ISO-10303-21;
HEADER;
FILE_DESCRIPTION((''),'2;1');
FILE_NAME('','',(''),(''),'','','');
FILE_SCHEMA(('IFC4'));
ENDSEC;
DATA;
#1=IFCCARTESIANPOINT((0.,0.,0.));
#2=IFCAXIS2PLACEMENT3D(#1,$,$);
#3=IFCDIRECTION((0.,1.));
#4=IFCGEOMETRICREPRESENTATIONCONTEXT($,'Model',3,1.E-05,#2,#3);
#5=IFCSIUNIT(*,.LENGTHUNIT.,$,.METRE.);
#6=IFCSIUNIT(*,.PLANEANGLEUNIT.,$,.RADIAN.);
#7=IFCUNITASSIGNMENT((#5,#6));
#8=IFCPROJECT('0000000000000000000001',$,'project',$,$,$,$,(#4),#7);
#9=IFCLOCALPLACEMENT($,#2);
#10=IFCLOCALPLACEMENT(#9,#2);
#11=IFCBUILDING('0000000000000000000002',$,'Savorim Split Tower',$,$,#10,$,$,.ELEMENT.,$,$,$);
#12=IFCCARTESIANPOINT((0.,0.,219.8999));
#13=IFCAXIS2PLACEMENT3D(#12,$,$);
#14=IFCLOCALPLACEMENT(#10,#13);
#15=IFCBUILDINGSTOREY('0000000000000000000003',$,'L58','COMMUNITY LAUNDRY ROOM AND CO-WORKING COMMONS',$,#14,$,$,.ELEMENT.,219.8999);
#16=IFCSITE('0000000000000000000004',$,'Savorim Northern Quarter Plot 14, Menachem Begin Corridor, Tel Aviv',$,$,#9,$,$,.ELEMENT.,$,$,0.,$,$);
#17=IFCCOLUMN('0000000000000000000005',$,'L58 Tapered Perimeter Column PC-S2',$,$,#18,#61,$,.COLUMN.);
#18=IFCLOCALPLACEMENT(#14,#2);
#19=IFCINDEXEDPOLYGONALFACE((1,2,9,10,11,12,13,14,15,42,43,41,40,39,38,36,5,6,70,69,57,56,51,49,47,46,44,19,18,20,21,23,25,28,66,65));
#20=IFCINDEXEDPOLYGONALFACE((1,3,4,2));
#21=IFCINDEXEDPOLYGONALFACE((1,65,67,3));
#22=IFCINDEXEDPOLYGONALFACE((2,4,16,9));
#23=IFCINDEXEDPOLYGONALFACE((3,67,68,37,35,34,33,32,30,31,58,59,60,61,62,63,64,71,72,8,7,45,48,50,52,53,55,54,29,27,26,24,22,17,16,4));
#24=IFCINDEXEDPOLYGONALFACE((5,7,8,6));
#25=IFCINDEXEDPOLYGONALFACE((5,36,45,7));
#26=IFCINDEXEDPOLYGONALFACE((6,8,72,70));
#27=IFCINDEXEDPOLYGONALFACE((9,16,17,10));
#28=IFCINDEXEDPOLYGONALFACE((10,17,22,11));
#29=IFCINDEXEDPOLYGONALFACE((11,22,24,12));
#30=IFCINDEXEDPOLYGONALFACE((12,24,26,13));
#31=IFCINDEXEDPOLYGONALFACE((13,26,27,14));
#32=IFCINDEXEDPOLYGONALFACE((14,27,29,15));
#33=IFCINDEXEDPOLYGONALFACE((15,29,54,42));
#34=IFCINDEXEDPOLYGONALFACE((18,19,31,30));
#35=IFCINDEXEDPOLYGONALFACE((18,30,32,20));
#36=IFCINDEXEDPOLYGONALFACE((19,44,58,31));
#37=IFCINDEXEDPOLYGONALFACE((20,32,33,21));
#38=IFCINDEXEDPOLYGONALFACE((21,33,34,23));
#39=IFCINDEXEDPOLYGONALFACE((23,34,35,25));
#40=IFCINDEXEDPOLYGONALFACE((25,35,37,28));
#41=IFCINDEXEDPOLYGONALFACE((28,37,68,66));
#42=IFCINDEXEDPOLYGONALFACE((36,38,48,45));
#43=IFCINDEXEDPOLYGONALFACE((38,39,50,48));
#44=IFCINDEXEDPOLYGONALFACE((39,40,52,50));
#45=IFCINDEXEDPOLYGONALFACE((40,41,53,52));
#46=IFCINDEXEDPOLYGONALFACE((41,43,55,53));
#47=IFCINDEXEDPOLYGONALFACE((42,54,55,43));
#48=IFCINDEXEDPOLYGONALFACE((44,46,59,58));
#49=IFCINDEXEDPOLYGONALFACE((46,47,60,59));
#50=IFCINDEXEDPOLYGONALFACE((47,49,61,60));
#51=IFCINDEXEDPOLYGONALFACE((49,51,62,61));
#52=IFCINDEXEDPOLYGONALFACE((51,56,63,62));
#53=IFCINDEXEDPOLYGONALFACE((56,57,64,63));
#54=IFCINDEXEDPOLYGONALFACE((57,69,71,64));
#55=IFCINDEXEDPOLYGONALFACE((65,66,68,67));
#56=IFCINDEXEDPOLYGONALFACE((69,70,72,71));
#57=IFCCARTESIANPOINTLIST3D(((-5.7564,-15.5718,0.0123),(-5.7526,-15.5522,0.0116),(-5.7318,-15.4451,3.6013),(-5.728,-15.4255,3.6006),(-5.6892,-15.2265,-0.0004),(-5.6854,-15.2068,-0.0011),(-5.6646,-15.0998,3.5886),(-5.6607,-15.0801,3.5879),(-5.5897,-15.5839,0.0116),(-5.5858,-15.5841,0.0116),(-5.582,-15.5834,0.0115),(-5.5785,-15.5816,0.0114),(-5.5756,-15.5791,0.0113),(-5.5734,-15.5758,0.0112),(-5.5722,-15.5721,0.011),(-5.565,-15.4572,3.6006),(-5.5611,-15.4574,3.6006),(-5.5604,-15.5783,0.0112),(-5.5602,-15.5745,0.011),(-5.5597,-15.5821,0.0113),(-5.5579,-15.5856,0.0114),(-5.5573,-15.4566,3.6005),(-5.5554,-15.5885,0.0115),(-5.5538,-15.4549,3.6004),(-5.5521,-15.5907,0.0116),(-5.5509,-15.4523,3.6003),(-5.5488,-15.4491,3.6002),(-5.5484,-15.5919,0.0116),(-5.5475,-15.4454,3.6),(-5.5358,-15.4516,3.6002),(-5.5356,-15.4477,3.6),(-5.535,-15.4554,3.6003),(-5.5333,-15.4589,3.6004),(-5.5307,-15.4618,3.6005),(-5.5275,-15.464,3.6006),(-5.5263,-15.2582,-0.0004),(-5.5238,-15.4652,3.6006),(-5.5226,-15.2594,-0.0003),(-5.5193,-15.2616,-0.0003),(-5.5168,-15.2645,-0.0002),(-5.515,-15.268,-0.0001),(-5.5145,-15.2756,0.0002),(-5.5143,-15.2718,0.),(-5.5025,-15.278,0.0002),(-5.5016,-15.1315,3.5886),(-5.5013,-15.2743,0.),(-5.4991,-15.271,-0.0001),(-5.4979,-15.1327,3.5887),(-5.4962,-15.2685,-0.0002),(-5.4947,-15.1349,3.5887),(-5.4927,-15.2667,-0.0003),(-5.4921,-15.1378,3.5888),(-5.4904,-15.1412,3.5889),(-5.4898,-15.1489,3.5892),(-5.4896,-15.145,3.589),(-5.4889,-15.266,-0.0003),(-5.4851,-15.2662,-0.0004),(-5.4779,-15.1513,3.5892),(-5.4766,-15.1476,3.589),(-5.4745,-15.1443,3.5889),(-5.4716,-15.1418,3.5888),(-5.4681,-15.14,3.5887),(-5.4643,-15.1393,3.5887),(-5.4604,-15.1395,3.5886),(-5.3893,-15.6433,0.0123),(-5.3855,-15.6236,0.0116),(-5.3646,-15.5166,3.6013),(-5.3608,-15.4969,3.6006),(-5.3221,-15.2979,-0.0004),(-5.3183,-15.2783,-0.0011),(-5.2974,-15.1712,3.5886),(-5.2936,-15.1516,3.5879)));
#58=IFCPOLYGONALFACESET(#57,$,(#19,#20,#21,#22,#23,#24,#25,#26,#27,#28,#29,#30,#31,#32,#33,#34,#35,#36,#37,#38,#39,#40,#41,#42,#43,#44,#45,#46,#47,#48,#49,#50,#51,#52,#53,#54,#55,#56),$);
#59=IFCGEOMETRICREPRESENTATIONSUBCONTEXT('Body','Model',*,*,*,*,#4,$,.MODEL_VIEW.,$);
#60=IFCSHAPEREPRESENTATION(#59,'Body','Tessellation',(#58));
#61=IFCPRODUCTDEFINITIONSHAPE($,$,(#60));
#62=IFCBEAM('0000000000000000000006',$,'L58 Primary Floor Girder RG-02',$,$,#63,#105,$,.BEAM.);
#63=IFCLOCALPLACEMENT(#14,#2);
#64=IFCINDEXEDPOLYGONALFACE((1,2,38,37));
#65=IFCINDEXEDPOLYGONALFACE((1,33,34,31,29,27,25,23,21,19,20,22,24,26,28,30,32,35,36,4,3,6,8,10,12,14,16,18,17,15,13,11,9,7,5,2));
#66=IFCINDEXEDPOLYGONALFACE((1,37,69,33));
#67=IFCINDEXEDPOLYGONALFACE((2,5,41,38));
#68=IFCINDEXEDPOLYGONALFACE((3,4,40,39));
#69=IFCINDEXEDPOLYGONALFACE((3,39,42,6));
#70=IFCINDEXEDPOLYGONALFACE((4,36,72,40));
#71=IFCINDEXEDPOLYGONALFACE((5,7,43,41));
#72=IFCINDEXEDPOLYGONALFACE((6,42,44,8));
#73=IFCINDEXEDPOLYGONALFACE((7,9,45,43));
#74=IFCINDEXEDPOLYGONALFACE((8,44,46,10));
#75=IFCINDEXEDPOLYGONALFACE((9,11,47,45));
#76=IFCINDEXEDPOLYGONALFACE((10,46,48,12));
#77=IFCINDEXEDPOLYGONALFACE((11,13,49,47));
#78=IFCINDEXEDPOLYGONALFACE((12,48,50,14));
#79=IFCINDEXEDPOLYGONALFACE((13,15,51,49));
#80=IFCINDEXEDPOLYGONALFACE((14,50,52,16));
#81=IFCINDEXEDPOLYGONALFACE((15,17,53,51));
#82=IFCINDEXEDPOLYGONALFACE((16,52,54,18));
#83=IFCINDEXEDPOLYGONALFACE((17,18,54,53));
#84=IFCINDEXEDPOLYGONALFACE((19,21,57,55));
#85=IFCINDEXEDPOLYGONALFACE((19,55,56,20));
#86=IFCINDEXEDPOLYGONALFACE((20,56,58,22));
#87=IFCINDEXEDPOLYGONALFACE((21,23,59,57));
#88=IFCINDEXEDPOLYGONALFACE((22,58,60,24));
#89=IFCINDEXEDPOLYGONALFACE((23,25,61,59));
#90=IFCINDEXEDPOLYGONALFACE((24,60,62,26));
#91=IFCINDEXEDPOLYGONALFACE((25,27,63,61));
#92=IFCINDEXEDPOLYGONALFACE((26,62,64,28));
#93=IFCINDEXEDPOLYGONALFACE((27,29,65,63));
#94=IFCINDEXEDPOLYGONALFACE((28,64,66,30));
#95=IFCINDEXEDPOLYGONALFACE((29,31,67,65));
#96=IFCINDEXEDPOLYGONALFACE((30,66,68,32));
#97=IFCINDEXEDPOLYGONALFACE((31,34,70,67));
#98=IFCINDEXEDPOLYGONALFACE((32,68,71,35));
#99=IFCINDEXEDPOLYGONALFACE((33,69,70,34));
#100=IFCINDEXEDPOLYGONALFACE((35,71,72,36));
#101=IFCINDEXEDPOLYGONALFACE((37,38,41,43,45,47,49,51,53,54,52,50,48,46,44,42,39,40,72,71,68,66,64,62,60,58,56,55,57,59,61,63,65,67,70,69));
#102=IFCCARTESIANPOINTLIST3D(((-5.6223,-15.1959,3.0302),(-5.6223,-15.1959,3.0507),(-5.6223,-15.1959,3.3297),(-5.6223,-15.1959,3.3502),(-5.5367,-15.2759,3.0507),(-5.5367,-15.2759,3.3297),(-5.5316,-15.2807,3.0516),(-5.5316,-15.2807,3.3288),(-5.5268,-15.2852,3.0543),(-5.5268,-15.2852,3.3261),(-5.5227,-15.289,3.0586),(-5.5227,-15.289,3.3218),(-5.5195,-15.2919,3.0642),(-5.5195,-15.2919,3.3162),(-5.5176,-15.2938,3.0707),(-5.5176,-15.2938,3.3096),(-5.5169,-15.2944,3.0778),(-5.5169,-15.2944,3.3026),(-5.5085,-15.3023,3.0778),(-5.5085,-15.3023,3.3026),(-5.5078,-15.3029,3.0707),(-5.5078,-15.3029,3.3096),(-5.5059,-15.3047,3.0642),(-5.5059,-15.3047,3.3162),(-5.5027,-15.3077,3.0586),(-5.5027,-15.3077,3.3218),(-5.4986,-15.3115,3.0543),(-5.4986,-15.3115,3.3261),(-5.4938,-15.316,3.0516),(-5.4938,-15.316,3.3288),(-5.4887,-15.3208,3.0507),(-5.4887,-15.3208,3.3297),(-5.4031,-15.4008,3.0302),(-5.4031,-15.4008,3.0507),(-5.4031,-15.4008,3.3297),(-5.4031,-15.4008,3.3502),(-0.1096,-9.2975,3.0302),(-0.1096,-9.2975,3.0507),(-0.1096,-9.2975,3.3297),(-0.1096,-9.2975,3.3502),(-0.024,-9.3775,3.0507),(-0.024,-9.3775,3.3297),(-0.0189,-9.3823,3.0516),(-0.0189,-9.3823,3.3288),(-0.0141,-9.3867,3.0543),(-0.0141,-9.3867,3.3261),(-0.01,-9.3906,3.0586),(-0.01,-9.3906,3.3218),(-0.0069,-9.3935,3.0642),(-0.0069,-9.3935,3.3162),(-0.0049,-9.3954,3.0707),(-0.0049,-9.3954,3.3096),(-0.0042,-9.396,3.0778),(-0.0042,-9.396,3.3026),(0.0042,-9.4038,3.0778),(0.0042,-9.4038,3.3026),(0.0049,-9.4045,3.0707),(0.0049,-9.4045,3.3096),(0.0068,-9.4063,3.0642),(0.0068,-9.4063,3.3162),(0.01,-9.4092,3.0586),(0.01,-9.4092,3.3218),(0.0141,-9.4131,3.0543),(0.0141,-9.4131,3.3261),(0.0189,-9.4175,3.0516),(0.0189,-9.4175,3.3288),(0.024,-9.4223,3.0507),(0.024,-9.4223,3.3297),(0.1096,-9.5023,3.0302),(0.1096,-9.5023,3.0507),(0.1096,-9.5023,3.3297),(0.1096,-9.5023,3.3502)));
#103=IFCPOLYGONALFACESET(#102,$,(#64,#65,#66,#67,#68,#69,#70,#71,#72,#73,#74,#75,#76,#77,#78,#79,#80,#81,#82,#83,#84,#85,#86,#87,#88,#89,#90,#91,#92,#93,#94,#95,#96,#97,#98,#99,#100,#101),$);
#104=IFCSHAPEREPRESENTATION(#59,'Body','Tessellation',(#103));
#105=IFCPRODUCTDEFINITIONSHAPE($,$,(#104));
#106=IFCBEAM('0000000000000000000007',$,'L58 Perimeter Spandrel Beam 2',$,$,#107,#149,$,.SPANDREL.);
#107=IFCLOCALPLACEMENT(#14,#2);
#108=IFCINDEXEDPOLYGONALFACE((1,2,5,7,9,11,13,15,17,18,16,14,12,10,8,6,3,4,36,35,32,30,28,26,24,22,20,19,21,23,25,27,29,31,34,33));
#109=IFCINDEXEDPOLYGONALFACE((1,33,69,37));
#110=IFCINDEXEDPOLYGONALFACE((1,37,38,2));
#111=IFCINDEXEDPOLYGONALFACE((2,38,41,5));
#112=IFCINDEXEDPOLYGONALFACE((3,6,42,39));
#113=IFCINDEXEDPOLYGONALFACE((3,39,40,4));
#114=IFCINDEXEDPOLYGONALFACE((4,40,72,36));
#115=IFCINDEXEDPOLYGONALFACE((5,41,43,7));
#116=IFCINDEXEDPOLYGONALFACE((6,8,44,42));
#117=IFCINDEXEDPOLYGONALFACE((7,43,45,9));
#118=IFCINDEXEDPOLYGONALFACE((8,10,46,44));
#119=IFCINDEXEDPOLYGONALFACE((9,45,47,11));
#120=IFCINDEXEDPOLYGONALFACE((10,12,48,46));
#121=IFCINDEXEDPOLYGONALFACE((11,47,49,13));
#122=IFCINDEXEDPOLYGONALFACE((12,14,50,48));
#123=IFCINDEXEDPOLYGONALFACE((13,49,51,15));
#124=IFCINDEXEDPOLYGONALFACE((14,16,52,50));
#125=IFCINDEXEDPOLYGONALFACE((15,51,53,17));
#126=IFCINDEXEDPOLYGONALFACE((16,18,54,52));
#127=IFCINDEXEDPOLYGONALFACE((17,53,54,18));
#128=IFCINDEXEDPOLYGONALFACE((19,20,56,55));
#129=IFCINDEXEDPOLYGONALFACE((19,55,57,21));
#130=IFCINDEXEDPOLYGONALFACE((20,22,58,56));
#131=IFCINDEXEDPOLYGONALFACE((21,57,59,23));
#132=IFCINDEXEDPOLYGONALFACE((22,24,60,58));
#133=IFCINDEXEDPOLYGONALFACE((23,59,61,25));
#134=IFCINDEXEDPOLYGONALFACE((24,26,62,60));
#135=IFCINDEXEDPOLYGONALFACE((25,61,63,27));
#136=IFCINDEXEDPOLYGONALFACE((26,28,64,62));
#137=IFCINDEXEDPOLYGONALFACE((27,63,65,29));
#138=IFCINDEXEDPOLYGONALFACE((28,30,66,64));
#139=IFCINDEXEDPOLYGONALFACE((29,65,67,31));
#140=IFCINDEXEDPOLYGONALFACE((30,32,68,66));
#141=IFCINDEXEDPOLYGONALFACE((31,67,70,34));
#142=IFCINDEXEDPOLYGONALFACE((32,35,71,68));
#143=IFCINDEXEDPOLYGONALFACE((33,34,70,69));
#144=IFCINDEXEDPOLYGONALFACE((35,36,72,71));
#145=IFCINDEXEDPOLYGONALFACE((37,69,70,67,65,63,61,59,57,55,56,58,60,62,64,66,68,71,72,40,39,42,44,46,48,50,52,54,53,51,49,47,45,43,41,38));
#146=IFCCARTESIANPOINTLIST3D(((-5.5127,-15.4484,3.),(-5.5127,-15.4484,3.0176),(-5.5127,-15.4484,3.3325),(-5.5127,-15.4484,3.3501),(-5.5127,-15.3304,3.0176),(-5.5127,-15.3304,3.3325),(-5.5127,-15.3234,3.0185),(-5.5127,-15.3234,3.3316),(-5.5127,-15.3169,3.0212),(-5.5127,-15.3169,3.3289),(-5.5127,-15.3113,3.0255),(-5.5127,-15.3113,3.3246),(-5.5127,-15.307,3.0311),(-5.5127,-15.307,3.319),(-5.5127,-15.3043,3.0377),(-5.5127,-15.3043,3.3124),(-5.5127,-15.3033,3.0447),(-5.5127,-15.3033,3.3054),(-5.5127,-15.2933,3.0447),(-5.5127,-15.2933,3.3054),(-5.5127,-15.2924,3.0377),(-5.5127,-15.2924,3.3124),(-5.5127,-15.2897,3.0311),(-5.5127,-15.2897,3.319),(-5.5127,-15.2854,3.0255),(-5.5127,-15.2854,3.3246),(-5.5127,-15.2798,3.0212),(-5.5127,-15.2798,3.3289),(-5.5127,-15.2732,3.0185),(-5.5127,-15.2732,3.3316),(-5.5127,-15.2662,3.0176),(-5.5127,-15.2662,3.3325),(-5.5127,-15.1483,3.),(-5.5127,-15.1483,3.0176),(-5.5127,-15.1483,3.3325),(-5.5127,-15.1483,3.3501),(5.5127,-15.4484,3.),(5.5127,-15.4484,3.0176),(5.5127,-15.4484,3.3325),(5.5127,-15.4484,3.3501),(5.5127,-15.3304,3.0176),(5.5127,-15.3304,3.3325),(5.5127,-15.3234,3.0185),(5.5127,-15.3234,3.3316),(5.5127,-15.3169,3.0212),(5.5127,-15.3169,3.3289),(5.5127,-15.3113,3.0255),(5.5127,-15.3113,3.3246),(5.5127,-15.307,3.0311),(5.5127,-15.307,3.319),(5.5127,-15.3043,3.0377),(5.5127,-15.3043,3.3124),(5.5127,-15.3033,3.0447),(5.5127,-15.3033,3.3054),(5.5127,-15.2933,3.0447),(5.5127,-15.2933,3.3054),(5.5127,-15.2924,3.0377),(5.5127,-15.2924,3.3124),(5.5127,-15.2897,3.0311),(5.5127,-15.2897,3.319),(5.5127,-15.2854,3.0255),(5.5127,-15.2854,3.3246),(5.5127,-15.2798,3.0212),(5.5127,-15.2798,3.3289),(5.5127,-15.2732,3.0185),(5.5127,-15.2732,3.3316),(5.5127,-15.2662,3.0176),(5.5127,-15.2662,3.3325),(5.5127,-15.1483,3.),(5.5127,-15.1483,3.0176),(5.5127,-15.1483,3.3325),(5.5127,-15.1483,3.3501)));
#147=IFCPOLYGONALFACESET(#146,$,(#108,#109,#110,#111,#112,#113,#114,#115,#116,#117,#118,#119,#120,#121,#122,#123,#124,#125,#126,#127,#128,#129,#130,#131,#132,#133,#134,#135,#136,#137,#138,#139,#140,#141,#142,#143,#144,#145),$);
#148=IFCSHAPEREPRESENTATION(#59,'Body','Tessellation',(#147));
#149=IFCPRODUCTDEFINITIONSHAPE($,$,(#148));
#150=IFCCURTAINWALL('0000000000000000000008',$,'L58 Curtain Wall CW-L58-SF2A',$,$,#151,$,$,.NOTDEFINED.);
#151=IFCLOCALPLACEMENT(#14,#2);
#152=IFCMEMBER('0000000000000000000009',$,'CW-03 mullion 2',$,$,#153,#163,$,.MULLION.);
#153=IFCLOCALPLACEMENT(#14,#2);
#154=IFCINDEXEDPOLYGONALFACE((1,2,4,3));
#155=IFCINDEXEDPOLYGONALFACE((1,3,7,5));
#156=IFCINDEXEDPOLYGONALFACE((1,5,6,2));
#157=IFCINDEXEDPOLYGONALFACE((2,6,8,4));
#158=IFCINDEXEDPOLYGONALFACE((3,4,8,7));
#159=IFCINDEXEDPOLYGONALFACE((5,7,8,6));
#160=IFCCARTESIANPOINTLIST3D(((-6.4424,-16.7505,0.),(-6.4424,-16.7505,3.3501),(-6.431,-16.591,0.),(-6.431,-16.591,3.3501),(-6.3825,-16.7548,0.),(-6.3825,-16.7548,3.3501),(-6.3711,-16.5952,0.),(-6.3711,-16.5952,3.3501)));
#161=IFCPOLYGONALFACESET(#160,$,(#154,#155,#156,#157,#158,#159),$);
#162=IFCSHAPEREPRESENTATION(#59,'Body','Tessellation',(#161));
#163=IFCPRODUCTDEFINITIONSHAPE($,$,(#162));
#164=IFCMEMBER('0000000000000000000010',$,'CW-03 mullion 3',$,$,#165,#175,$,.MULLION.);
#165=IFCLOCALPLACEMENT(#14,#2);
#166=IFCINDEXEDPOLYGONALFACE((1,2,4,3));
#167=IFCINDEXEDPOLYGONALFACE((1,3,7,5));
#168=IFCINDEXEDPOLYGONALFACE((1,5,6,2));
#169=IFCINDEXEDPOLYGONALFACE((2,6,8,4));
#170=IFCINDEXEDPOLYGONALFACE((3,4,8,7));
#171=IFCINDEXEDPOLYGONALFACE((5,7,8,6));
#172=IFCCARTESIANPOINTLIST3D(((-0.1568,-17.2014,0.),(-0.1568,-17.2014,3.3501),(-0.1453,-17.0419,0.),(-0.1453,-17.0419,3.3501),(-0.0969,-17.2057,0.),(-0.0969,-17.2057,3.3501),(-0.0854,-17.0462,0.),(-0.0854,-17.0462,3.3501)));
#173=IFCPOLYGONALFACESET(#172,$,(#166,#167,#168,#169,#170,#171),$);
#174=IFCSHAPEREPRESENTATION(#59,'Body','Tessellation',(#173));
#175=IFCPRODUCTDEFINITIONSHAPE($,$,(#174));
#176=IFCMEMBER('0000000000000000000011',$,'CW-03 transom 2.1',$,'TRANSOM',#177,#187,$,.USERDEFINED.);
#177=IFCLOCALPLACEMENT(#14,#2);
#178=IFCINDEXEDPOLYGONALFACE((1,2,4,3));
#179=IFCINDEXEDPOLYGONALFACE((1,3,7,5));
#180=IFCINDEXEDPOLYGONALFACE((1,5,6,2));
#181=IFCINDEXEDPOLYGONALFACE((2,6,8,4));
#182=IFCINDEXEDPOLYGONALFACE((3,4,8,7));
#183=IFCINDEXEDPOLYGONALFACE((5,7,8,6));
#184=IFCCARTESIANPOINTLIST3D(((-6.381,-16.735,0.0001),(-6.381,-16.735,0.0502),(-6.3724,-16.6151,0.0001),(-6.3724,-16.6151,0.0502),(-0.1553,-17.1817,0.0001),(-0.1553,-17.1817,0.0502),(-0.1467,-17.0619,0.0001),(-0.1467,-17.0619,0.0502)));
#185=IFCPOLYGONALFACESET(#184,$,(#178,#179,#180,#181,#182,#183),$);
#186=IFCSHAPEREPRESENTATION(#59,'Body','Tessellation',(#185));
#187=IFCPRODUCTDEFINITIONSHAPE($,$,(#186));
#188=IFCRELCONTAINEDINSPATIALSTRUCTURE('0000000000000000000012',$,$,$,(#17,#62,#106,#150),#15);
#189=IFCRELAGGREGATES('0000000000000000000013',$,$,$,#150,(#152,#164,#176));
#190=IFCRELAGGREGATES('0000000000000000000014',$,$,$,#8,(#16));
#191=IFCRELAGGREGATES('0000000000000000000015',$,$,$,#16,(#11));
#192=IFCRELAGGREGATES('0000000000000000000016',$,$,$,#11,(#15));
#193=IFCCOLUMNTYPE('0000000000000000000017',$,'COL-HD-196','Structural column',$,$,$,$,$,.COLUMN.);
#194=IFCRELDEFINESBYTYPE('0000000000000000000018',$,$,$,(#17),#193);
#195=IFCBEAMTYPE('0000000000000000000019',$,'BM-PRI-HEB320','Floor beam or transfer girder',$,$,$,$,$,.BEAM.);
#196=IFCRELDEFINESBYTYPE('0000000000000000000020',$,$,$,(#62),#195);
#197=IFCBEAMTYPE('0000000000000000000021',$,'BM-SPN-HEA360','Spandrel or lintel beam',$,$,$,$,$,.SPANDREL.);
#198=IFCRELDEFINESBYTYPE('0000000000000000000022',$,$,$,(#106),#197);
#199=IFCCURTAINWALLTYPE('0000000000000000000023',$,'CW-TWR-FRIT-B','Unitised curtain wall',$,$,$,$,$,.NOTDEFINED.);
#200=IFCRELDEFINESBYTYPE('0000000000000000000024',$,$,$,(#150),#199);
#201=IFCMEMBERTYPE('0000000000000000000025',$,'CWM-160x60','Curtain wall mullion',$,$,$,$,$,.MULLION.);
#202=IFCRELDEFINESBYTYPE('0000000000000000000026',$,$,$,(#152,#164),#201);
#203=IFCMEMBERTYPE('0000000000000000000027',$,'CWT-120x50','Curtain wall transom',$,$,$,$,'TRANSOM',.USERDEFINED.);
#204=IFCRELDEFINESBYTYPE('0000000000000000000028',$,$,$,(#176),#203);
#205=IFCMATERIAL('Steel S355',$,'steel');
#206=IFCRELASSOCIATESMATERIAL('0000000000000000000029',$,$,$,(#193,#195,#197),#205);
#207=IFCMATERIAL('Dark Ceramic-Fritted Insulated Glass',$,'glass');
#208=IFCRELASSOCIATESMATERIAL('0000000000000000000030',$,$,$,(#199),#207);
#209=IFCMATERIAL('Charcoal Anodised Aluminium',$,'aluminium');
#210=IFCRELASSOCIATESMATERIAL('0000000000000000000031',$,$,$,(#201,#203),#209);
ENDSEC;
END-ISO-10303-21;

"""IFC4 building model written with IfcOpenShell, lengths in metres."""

from ifc_helpers import new_model, si_unit, direction, frame, origin, origin_2d, place, context, subcontext, project, spatial, rectangle, i_section, extrude, material, material_profile, profile_set, type_object, element, aggregate, save


model = new_model("IFC4")

# Units and contexts
model_context = context("Model", 3, precision=1e-05, world=origin(), true_north=direction((0.0, 1.0)))
body_context = subcontext(model_context, "Body", "Model", "MODEL_VIEW")
ifc_project = project(units=[si_unit("LENGTHUNIT", "METRE"), si_unit("PLANEANGLEUNIT", "RADIAN")], contexts=[model_context])

# Site, building, storey
site_placement = place(None, origin())
site = spatial("IfcSite", under=ifc_project, at=site_placement, Name="Savorim Northern Quarter Plot 14, Menachem Begin Corridor, Tel Aviv", CompositionType="ELEMENT", RefElevation=0.0)
building_placement = place(site_placement, origin())
building = spatial("IfcBuilding", under=site, at=building_placement, Name="Savorim Split Tower", CompositionType="ELEMENT")
storey_placement = place(building_placement, frame((0.0, 0.0, 219.8999)))
storey = spatial("IfcBuildingStorey", under=building, at=storey_placement, Name="L58", Description="COMMUNITY LAUNDRY ROOM AND CO-WORKING COMMONS", CompositionType="ELEMENT", Elevation=219.8999)

# Column
ifc_material_1 = material(Name="Steel S355", Category="steel")
ifc_material_profile_1 = material_profile(ifc_material_1, i_section(OverallWidth=0.374, OverallDepth=0.3721, WebThickness=0.0122, FlangeThickness=0.02, FilletRadius=0.0149, at=origin_2d()), Name="HD 360x196")
ifc_profile_set_1 = profile_set([ifc_material_profile_1], Name="Steel S355")
column_type = type_object("IfcColumnType", Name="COL-HD-196", Description="Structural column", PredefinedType="COLUMN", material=ifc_profile_set_1)
column_placement = place(storey_placement, frame((-5.5374, -15.425, 0.0056), z_axis=(0.006866, 0.035283, 0.999354), x_axis=(-0.981586, 0.191022, 0.0)))
element("IfcColumn", 1, at=column_placement, inside=storey, type_object=column_type, Name="L58 Tapered Perimeter Column PC-S2", PredefinedType="COLUMN", context=body_context, shape_type="SweptSolid", body=[
    extrude(i_section(OverallWidth=0.374, OverallDepth=0.3721, WebThickness=0.0122, FlangeThickness=0.02, FilletRadius=0.0149, at=origin_2d()), origin(), (0.0, 0.0, 1.0), 3.5913),
])

# Beams
ifc_material_profile_2 = material_profile(ifc_material_1, i_section(OverallWidth=0.3, OverallDepth=0.3201, WebThickness=0.0115, FlangeThickness=0.0205, FilletRadius=0.0271, at=origin_2d()), Name="HEB 320")
ifc_profile_set_2 = profile_set([ifc_material_profile_2], Name="Steel S355")
beam_type_1 = type_object("IfcBeamType", Name="BM-PRI-HEB320", Description="Floor beam or transfer girder", PredefinedType="BEAM", material=ifc_profile_set_2)
beam_1_placement = place(storey_placement, frame((-5.5127, -15.2983, 3.1902), z_axis=(0.682814, 0.730593, 0.0), x_axis=(-0.730593, 0.682814, 0.0)))
element("IfcBeam", 2, at=beam_1_placement, inside=storey, type_object=beam_type_1, Name="L58 Primary Floor Girder RG-02", PredefinedType="BEAM", context=body_context, shape_type="SweptSolid", body=[
    extrude(i_section(OverallWidth=0.3, OverallDepth=0.3201, WebThickness=0.0115, FlangeThickness=0.0205, FilletRadius=0.0271, at=origin_2d()), origin(), (0.0, 0.0, 1.0), 8.0735),
])
ifc_material_profile_3 = material_profile(ifc_material_1, i_section(OverallWidth=0.3, OverallDepth=0.3501, WebThickness=0.01, FlangeThickness=0.0176, FilletRadius=0.0271, at=origin_2d()), Name="HEA 360")
ifc_profile_set_3 = profile_set([ifc_material_profile_3], Name="Steel S355")
beam_type_2 = type_object("IfcBeamType", Name="BM-SPN-HEA360", Description="Spandrel or lintel beam", PredefinedType="SPANDREL", material=ifc_profile_set_3)
beam_2_placement = place(storey_placement, frame((-5.5127, -15.2983, 3.175), z_axis=(1.0, 0.0, 0.0), x_axis=(0.0, 1.0, 0.0)))
element("IfcBeam", 3, at=beam_2_placement, inside=storey, type_object=beam_type_2, Name="L58 Perimeter Spandrel Beam 2", PredefinedType="SPANDREL", context=body_context, shape_type="SweptSolid", body=[
    extrude(i_section(OverallWidth=0.3, OverallDepth=0.3501, WebThickness=0.01, FlangeThickness=0.0176, FilletRadius=0.0271, at=origin_2d()), origin(), (0.0, 0.0, 1.0), 11.0254),
])

# Curtain wall, members
ifc_material_2 = material(Name="Dark Ceramic-Fritted Insulated Glass", Category="glass")
curtain_wall_type = type_object("IfcCurtainWallType", Name="CW-TWR-FRIT-B", Description="Unitised curtain wall", PredefinedType="NOTDEFINED", material=ifc_material_2)
curtain_wall_placement = place(storey_placement, origin())
curtain_wall = element("IfcCurtainWall", 4, at=curtain_wall_placement, inside=storey, type_object=curtain_wall_type, Name="L58 Curtain Wall CW-L58-SF2A", PredefinedType="NOTDEFINED")
ifc_material_3 = material(Name="Charcoal Anodised Aluminium", Category="aluminium")
ifc_material_profile_4 = material_profile(ifc_material_3, rectangle(XDim=0.1599, YDim=0.0601, at=origin_2d()), Name="ALU-M 160x60")
ifc_profile_set_4 = profile_set([ifc_material_profile_4], Name="Charcoal Anodised Aluminium")
member_type_1 = type_object("IfcMemberType", Name="CWM-160x60", Description="Curtain wall mullion", PredefinedType="MULLION", material=ifc_profile_set_4)
member_1_placement = place(storey_placement, frame((-6.4067, -16.6729, 0.0), z_axis=(0.0, 0.0, 1.0), x_axis=(0.07156, 0.997436, 0.0)))
member_1 = element("IfcMember", 5, at=member_1_placement, type_object=member_type_1, Name="CW-03 mullion 2", PredefinedType="MULLION", context=body_context, shape_type="SweptSolid", body=[
    extrude(rectangle(XDim=0.1599, YDim=0.0601, at=origin_2d()), origin(), (0.0, 0.0, 1.0), 3.3501),
])
member_2_placement = place(storey_placement, frame((-0.1211, -17.1238, 0.0), z_axis=(0.0, 0.0, 1.0), x_axis=(0.07156, 0.997436, 0.0)))
member_2 = element("IfcMember", 6, at=member_2_placement, type_object=member_type_1, Name="CW-03 mullion 3", PredefinedType="MULLION", context=body_context, shape_type="SweptSolid", body=[
    extrude(rectangle(XDim=0.1599, YDim=0.0601, at=origin_2d()), origin(), (0.0, 0.0, 1.0), 3.3501),
])
ifc_material_profile_5 = material_profile(ifc_material_3, rectangle(XDim=0.1201, YDim=0.05, at=origin_2d()), Name="ALU-T 120x50")
ifc_profile_set_5 = profile_set([ifc_material_profile_5], Name="Charcoal Anodised Aluminium")
member_type_2 = type_object("IfcMemberType", Name="CWT-120x50", Description="Curtain wall transom", ElementType="TRANSOM", PredefinedType="USERDEFINED", material=ifc_profile_set_5)
member_3_placement = place(storey_placement, frame((-6.3767, -16.675, 0.0251), z_axis=(0.997435, -0.071581, 0.0), x_axis=(0.071581, 0.997435, 0.0)))
member_3 = element("IfcMember", 7, at=member_3_placement, type_object=member_type_2, Name="CW-03 transom 2.1", ObjectType="TRANSOM", PredefinedType="USERDEFINED", context=body_context, shape_type="SweptSolid", body=[
    extrude(rectangle(XDim=0.1201, YDim=0.05, at=origin_2d()), origin(), (0.0, 0.0, 1.0), 6.2417),
])
aggregate(curtain_wall, [member_1, member_2, member_3])

save(model, "model.ifc")
